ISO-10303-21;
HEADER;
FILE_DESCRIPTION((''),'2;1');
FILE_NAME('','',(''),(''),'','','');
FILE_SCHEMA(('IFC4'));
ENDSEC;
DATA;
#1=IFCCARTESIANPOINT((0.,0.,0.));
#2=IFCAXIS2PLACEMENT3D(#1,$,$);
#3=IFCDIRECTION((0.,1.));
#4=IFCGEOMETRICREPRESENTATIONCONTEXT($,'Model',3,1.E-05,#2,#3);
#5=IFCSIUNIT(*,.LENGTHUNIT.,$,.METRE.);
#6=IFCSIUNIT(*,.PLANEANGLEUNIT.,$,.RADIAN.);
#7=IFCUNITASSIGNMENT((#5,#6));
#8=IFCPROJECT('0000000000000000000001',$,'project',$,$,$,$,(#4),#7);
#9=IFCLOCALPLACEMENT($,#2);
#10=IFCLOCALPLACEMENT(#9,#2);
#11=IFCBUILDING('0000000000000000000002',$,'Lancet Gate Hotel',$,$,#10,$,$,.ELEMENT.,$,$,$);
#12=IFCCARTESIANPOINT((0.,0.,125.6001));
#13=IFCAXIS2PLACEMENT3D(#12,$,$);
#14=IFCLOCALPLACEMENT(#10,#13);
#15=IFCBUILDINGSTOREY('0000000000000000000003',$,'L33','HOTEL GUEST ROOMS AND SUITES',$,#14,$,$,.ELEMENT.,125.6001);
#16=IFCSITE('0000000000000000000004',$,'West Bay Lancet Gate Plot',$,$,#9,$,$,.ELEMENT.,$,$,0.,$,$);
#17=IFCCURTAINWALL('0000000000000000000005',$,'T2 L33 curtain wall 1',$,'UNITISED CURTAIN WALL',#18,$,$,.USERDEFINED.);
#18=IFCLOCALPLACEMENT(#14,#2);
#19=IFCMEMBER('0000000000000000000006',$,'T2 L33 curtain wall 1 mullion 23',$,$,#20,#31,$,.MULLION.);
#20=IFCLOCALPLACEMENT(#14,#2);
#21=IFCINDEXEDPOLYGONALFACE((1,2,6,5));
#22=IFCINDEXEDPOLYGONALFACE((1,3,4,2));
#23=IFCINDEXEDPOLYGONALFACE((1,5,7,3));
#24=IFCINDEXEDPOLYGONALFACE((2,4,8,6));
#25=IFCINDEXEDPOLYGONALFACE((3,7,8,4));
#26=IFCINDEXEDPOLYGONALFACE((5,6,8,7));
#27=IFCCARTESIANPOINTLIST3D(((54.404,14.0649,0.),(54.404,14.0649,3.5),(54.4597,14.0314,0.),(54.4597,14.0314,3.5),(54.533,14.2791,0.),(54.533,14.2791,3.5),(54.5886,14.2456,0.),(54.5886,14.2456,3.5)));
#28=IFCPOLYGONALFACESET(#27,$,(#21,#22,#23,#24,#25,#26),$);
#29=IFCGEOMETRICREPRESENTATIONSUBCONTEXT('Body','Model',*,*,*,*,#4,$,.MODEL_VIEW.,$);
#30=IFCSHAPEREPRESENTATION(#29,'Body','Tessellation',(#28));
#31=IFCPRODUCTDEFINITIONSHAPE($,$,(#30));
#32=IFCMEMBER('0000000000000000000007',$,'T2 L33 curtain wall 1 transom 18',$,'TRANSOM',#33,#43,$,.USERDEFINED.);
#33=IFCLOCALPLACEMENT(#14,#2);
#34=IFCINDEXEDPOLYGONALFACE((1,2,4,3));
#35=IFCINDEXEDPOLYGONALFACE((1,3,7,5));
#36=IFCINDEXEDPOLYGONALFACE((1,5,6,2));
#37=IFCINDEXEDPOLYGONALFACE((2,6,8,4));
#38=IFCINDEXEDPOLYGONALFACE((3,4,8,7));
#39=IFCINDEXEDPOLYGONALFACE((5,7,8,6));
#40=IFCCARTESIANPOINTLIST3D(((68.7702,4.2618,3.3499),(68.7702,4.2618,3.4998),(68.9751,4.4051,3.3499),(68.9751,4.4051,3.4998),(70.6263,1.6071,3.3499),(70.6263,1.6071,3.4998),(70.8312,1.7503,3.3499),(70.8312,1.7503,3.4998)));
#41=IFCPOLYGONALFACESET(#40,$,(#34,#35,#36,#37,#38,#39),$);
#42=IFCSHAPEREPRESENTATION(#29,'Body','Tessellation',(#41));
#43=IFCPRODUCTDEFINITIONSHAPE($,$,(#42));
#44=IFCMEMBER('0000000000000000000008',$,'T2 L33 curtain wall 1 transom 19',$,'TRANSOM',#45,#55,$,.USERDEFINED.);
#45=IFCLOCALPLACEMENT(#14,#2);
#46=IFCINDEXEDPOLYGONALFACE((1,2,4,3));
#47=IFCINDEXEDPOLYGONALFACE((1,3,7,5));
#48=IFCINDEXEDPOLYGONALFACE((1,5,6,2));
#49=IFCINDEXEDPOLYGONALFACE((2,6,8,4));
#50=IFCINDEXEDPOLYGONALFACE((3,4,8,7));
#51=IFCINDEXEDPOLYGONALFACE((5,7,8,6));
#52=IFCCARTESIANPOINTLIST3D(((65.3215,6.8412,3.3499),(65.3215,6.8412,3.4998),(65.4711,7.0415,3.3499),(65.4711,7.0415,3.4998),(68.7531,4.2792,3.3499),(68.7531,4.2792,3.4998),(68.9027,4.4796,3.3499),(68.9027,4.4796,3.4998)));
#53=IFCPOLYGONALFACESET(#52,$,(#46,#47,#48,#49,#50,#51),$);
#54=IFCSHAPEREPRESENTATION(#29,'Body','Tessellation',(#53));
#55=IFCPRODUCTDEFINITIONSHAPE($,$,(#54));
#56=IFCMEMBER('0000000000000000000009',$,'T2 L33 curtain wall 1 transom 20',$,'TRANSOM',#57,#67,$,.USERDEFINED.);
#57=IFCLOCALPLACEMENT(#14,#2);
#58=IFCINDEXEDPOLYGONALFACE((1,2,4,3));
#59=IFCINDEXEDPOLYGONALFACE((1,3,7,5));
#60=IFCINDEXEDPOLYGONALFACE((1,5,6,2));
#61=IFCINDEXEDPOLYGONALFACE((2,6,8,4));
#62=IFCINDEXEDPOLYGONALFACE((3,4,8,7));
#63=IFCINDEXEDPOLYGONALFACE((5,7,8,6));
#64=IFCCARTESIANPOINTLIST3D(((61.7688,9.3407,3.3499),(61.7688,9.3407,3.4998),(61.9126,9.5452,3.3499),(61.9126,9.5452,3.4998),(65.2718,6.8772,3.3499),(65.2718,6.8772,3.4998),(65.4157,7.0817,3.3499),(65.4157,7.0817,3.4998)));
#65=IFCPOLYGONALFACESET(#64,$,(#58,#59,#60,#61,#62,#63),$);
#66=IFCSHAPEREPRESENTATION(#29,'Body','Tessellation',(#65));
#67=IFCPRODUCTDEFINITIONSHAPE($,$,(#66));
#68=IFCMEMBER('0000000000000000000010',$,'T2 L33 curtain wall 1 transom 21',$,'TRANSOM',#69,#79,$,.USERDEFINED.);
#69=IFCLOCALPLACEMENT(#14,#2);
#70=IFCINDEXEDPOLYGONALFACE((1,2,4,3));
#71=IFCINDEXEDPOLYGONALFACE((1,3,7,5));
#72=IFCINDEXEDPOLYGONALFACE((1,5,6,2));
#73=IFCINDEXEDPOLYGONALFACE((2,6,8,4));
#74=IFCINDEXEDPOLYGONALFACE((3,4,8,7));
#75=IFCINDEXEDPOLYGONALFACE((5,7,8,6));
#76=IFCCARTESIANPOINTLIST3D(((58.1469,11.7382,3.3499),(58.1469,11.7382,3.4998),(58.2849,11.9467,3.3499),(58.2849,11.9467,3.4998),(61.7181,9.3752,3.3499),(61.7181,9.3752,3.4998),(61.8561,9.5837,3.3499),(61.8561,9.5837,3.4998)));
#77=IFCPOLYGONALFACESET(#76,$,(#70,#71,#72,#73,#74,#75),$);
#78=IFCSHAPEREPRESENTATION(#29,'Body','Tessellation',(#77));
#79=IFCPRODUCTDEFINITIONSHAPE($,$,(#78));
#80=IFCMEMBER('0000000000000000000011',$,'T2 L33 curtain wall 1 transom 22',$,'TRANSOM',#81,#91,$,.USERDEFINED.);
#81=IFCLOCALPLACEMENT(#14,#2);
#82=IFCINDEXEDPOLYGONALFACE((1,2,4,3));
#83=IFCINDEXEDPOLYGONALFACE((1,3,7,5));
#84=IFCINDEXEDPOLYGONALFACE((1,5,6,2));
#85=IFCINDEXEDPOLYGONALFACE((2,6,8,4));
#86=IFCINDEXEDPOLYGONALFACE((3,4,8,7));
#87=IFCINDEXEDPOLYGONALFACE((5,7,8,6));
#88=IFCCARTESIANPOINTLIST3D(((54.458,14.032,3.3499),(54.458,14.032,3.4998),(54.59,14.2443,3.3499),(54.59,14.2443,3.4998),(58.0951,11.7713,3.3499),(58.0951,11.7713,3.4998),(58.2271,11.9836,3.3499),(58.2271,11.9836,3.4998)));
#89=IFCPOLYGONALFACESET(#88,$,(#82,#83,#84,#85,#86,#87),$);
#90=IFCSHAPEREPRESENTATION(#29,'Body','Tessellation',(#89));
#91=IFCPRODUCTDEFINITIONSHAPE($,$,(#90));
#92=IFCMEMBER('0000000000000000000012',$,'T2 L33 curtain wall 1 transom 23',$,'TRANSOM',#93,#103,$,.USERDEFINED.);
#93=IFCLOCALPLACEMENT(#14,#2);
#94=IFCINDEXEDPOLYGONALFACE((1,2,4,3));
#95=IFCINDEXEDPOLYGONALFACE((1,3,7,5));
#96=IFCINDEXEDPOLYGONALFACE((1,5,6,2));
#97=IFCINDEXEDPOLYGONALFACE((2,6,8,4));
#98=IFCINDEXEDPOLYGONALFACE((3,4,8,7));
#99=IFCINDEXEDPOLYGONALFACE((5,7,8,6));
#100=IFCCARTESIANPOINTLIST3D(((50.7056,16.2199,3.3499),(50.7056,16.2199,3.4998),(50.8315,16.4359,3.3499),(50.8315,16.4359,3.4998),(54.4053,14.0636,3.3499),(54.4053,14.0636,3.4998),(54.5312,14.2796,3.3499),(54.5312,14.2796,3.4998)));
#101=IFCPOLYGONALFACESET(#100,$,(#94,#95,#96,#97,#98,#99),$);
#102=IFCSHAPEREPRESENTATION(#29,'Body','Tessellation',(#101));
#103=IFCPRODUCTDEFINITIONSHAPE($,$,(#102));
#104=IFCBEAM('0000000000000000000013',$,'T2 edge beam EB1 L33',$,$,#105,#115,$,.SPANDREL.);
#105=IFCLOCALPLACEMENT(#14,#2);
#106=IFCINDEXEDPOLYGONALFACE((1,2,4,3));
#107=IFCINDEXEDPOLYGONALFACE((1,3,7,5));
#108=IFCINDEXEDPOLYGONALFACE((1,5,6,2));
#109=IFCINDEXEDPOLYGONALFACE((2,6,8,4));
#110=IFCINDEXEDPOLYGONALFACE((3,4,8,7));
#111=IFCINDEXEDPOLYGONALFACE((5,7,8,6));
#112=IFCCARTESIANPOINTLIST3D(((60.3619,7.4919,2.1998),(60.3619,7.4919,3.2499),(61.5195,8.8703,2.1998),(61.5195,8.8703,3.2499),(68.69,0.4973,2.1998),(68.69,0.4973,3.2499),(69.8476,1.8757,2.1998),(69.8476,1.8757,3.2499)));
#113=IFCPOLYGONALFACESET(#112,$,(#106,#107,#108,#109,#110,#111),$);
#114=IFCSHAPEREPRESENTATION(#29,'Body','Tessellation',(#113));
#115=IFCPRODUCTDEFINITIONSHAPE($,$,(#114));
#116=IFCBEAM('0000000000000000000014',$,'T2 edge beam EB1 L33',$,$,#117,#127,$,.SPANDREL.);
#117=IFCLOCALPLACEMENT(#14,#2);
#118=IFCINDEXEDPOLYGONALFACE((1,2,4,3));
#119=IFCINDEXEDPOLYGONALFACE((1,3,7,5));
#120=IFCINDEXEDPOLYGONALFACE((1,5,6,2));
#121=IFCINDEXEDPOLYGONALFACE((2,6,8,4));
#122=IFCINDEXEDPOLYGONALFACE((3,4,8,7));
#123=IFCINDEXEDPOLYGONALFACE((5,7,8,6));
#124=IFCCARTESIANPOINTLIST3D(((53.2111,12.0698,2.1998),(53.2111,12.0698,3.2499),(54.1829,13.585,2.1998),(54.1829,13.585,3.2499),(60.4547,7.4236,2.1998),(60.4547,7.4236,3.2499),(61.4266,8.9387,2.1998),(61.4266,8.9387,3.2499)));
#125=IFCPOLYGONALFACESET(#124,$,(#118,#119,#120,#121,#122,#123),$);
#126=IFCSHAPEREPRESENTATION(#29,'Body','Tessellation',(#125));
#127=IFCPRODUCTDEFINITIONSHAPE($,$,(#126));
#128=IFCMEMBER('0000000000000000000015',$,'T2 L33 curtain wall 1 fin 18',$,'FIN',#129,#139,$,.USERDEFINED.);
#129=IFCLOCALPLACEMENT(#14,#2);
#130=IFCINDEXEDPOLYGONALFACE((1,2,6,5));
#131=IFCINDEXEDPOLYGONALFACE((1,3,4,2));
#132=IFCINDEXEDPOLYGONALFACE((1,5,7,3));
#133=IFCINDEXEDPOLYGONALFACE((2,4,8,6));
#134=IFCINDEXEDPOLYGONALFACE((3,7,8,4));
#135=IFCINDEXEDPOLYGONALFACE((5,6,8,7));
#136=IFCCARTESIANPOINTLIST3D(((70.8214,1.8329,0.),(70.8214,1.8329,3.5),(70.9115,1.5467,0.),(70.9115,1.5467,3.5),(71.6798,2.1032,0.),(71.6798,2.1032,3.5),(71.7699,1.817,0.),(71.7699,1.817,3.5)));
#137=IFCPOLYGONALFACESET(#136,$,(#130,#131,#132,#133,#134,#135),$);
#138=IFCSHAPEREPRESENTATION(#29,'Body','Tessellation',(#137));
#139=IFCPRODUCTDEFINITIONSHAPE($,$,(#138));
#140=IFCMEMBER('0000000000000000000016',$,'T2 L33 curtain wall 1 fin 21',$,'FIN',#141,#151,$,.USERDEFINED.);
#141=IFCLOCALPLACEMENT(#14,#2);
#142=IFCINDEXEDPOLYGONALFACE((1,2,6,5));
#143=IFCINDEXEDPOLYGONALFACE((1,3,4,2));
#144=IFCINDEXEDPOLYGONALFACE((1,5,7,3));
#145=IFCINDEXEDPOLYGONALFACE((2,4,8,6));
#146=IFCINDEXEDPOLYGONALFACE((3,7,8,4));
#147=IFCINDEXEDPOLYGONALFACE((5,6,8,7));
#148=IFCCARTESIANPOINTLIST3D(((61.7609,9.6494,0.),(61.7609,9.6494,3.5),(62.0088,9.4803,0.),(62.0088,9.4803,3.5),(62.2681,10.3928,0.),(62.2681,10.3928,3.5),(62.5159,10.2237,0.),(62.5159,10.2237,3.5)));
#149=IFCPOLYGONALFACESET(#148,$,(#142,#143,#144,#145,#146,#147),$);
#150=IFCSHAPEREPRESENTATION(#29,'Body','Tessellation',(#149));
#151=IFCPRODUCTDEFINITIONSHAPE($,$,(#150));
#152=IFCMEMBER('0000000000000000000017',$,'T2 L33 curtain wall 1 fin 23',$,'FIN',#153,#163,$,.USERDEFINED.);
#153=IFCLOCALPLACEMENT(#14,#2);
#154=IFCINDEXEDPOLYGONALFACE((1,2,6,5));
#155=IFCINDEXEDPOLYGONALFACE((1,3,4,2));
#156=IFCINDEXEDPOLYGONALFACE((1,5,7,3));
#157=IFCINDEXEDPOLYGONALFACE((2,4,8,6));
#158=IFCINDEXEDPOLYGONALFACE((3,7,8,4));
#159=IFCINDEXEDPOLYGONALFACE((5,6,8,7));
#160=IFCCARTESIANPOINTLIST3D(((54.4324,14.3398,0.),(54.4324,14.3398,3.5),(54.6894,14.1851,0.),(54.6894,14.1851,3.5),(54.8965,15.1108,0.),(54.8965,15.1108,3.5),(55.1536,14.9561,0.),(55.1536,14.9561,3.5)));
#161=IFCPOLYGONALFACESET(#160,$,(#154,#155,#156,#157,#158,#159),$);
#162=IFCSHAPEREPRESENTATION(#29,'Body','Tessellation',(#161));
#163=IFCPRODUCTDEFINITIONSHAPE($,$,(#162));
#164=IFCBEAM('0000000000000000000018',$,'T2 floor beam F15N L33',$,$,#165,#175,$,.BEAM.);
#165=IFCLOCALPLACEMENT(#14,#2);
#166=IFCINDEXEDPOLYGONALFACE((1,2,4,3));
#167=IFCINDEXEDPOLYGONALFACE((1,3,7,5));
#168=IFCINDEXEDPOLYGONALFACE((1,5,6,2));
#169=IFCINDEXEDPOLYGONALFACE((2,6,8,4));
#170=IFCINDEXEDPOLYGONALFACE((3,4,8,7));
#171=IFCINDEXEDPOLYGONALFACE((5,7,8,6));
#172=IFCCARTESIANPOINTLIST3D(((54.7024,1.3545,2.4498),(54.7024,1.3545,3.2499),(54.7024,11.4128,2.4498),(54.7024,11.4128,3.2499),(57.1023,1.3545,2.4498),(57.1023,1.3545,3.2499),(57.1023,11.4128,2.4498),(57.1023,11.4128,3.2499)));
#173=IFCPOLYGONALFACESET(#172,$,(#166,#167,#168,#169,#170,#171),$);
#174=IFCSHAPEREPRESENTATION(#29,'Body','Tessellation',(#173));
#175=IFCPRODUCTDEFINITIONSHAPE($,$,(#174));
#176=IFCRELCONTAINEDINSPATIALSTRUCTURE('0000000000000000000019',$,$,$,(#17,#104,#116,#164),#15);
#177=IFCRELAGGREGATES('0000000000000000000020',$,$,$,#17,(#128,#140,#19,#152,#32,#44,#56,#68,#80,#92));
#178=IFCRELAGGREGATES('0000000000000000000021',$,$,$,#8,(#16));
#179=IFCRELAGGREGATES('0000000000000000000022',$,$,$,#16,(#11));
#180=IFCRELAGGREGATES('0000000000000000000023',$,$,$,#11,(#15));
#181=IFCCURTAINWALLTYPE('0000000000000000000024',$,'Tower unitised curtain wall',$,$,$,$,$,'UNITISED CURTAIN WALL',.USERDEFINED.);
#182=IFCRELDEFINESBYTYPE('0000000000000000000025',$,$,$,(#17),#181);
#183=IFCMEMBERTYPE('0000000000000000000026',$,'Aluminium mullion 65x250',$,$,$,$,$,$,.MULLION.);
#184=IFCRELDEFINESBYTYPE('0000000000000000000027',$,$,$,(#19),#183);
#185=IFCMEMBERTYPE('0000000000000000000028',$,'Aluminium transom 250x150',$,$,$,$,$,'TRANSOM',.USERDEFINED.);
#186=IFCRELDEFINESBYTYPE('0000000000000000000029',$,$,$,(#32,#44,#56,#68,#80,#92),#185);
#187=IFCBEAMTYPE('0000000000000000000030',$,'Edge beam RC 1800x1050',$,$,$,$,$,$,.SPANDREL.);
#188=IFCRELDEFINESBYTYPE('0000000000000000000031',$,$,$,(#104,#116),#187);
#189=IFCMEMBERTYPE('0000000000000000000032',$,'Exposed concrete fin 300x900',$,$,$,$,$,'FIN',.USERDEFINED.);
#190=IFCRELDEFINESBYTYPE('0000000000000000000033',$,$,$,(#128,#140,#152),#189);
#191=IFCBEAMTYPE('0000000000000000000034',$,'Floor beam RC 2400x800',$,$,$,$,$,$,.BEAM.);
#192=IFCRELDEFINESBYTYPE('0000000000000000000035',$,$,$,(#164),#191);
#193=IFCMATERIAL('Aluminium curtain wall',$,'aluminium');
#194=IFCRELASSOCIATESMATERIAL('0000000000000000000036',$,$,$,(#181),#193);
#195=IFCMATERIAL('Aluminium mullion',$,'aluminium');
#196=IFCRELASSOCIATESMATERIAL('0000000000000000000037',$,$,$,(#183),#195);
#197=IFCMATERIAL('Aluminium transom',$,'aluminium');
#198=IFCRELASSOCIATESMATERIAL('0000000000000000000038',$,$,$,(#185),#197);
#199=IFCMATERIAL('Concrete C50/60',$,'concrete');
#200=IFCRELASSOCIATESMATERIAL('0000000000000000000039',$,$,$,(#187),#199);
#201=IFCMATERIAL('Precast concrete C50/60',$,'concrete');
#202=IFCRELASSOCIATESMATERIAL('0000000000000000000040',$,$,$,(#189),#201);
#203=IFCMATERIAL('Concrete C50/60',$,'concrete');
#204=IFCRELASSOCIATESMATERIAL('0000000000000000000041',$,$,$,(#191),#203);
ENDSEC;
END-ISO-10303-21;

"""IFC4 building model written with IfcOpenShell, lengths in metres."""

from ifc_helpers import new_model, si_unit, direction, frame, origin, origin_2d, place, context, subcontext, project, spatial, rectangle, extrude, material, material_profile, profile_set, type_object, element, aggregate, save


model = new_model("IFC4")

# Units and contexts
model_context = context("Model", 3, precision=1e-05, world=origin(), true_north=direction((0.0, 1.0)))
body_context = subcontext(model_context, "Body", "Model", "MODEL_VIEW")
ifc_project = project(units=[si_unit("LENGTHUNIT", "METRE"), si_unit("PLANEANGLEUNIT", "RADIAN")], contexts=[model_context])

# Site, building, storey
site_placement = place(None, origin())
site = spatial("IfcSite", under=ifc_project, at=site_placement, Name="West Bay Lancet Gate Plot", CompositionType="ELEMENT", RefElevation=0.0)
building_placement = place(site_placement, origin())
building = spatial("IfcBuilding", under=site, at=building_placement, Name="Lancet Gate Hotel", CompositionType="ELEMENT")
storey_placement = place(building_placement, frame((0.0, 0.0, 125.6001)))
storey = spatial("IfcBuildingStorey", under=building, at=storey_placement, Name="L33", Description="HOTEL GUEST ROOMS AND SUITES", CompositionType="ELEMENT", Elevation=125.6001)

# Curtain wall, members
ifc_material_1 = material(Name="Aluminium curtain wall", Category="aluminium")
curtain_wall_type = type_object("IfcCurtainWallType", Name="Tower unitised curtain wall", ElementType="UNITISED CURTAIN WALL", PredefinedType="USERDEFINED", material=ifc_material_1)
curtain_wall_placement = place(storey_placement, origin())
curtain_wall = element("IfcCurtainWall", 1, at=curtain_wall_placement, inside=storey, type_object=curtain_wall_type, Name="T2 L33 curtain wall 1", ObjectType="UNITISED CURTAIN WALL", PredefinedType="USERDEFINED")
ifc_material_2 = material(Name="Aluminium mullion", Category="aluminium")
ifc_material_profile_1 = material_profile(ifc_material_2, rectangle(XDim=0.0649, YDim=0.25, at=origin_2d()), Name="MULLION 65x250")
ifc_profile_set_1 = profile_set([ifc_material_profile_1], Name="Aluminium mullion")
member_type_1 = type_object("IfcMemberType", Name="Aluminium mullion 65x250", PredefinedType="MULLION", material=ifc_profile_set_1)
member_1_placement = place(storey_placement, frame((54.4963, 14.1553, 0.0), z_axis=(0.0, 0.0, 1.0), x_axis=(-0.856728, 0.515768, 0.0)))
member_1 = element("IfcMember", 2, at=member_1_placement, type_object=member_type_1, Name="T2 L33 curtain wall 1 mullion 23", PredefinedType="MULLION", context=body_context, shape_type="SweptSolid", body=[
    extrude(rectangle(XDim=0.0649, YDim=0.25, at=origin_2d()), origin(), (0.0, 0.0, 1.0), 3.5),
])
ifc_material_3 = material(Name="Aluminium transom", Category="aluminium")
ifc_material_profile_2 = material_profile(ifc_material_3, rectangle(XDim=0.25, YDim=0.1499, at=origin_2d()), Name="TRANSOM 250x150")
ifc_profile_set_2 = profile_set([ifc_material_profile_2], Name="Aluminium transom")
member_type_2 = type_object("IfcMemberType", Name="Aluminium transom 250x150", ElementType="TRANSOM", PredefinedType="USERDEFINED", material=ifc_profile_set_2)
member_2_placement = place(storey_placement, frame((70.7288, 1.6787, 3.4248), z_axis=(-0.573017, 0.819543, 0.0), x_axis=(-0.819543, -0.573017, 0.0)))
member_2 = element("IfcMember", 3, at=member_2_placement, type_object=member_type_2, Name="T2 L33 curtain wall 1 transom 18", ObjectType="TRANSOM", PredefinedType="USERDEFINED", context=body_context, shape_type="SweptSolid", body=[
    extrude(rectangle(XDim=0.25, YDim=0.1499, at=origin_2d()), origin(), (0.0, 0.0, 1.0), 3.2393),
])
member_3_placement = place(storey_placement, frame((68.8279, 4.3794, 3.4248), z_axis=(-0.801312, 0.598247, 0.0), x_axis=(-0.598247, -0.801312, 0.0)))
member_3 = element("IfcMember", 4, at=member_3_placement, type_object=member_type_2, Name="T2 L33 curtain wall 1 transom 19", ObjectType="TRANSOM", PredefinedType="USERDEFINED", context=body_context, shape_type="SweptSolid", body=[
    extrude(rectangle(XDim=0.25, YDim=0.1499, at=origin_2d()), origin(), (0.0, 0.0, 1.0), 4.2825),
])
member_4_placement = place(storey_placement, frame((65.3438, 6.9795, 3.4248), z_axis=(-0.817987, 0.575236, 0.0), x_axis=(-0.575236, -0.817987, 0.0)))
member_4 = element("IfcMember", 5, at=member_4_placement, type_object=member_type_2, Name="T2 L33 curtain wall 1 transom 20", ObjectType="TRANSOM", PredefinedType="USERDEFINED", context=body_context, shape_type="SweptSolid", body=[
    extrude(rectangle(XDim=0.25, YDim=0.1499, at=origin_2d()), origin(), (0.0, 0.0, 1.0), 4.2825),
])
member_5_placement = place(storey_placement, frame((61.7871, 9.4795, 3.4248), z_axis=(-0.833966, 0.551816, 0.0), x_axis=(-0.551816, -0.833966, 0.0)))
member_5 = element("IfcMember", 6, at=member_5_placement, type_object=member_type_2, Name="T2 L33 curtain wall 1 transom 21", ObjectType="TRANSOM", PredefinedType="USERDEFINED", context=body_context, shape_type="SweptSolid", body=[
    extrude(rectangle(XDim=0.25, YDim=0.1499, at=origin_2d()), origin(), (0.0, 0.0, 1.0), 4.2822),
])
member_6_placement = place(storey_placement, frame((58.1611, 11.8774, 3.4248), z_axis=(-0.849309, 0.527896, 0.0), x_axis=(-0.527896, -0.849309, 0.0)))
member_6 = element("IfcMember", 7, at=member_6_placement, type_object=member_type_2, Name="T2 L33 curtain wall 1 transom 22", ObjectType="TRANSOM", PredefinedType="USERDEFINED", context=body_context, shape_type="SweptSolid", body=[
    extrude(rectangle(XDim=0.25, YDim=0.1499, at=origin_2d()), origin(), (0.0, 0.0, 1.0), 4.2825),
])
member_7_placement = place(storey_placement, frame((54.4683, 14.1716, 3.4248), z_axis=(-0.863973, 0.503538, 0.0), x_axis=(-0.503538, -0.863973, 0.0)))
member_7 = element("IfcMember", 8, at=member_7_placement, type_object=member_type_2, Name="T2 L33 curtain wall 1 transom 23", ObjectType="TRANSOM", PredefinedType="USERDEFINED", context=body_context, shape_type="SweptSolid", body=[
    extrude(rectangle(XDim=0.25, YDim=0.1499, at=origin_2d()), origin(), (0.0, 0.0, 1.0), 4.2822),
])

# Beams
ifc_material_4 = material(Name="Concrete C50/60", Category="concrete")
ifc_material_profile_3 = material_profile(ifc_material_4, rectangle(XDim=1.8, YDim=1.05, at=origin_2d()), Name="RC 1800x1050")
ifc_profile_set_3 = profile_set([ifc_material_profile_3], Name="Concrete C50/60")
beam_type_1 = type_object("IfcBeamType", Name="Edge beam RC 1800x1050", PredefinedType="SPANDREL", material=ifc_profile_set_3)
beam_1_placement = place(storey_placement, frame((69.2688, 1.1865, 2.7249), z_axis=(-0.76575, 0.643138, 0.0), x_axis=(-0.643138, -0.76575, 0.0)))
element("IfcBeam", 9, at=beam_1_placement, inside=storey, type_object=beam_type_1, Name="T2 edge beam EB1 L33", PredefinedType="SPANDREL", context=body_context, shape_type="SweptSolid", body=[
    extrude(rectangle(XDim=1.8, YDim=1.05, at=origin_2d()), origin(), (0.0, 0.0, 1.0), 10.8757),
])
beam_2_placement = place(storey_placement, frame((60.9407, 8.1812, 2.7249), z_axis=(-0.841727, 0.539903, 0.0), x_axis=(-0.539903, -0.841727, 0.0)))
element("IfcBeam", 10, at=beam_2_placement, inside=storey, type_object=beam_type_1, Name="T2 edge beam EB1 L33", PredefinedType="SPANDREL", context=body_context, shape_type="SweptSolid", body=[
    extrude(rectangle(XDim=1.8, YDim=1.05, at=origin_2d()), origin(), (0.0, 0.0, 1.0), 8.6057),
])

# Members
ifc_material_5 = material(Name="Precast concrete C50/60", Category="concrete")
ifc_material_profile_4 = material_profile(ifc_material_5, rectangle(XDim=0.3, YDim=0.8999, at=origin_2d()), Name="FIN 300x900")
ifc_profile_set_4 = profile_set([ifc_material_profile_4], Name="Precast concrete C50/60")
member_type_3 = type_object("IfcMemberType", Name="Exposed concrete fin 300x900", ElementType="FIN", PredefinedType="USERDEFINED", material=ifc_profile_set_4)
member_8_placement = place(storey_placement, frame((71.2957, 1.825, 0.0), z_axis=(0.0, 0.0, 1.0), x_axis=(-0.300385, 0.953818, 0.0)))
member_8 = element("IfcMember", 11, at=member_8_placement, type_object=member_type_3, Name="T2 L33 curtain wall 1 fin 18", ObjectType="FIN", PredefinedType="USERDEFINED", context=body_context, shape_type="SweptSolid", body=[
    extrude(rectangle(XDim=0.3, YDim=0.8999, at=origin_2d()), origin(), (0.0, 0.0, 1.0), 3.5),
])
member_9_placement = place(storey_placement, frame((62.1384, 9.9365, 0.0), z_axis=(0.0, 0.0, 1.0), x_axis=(-0.826066, 0.563574, 0.0)))
member_9 = element("IfcMember", 12, at=member_9_placement, type_object=member_type_3, Name="T2 L33 curtain wall 1 fin 21", ObjectType="FIN", PredefinedType="USERDEFINED", context=body_context, shape_type="SweptSolid", body=[
    extrude(rectangle(XDim=0.3, YDim=0.8999, at=origin_2d()), origin(), (0.0, 0.0, 1.0), 3.5),
])
member_10_placement = place(storey_placement, frame((54.793, 14.6479, 0.0), z_axis=(0.0, 0.0, 1.0), x_axis=(-0.856728, 0.515768, 0.0)))
member_10 = element("IfcMember", 13, at=member_10_placement, type_object=member_type_3, Name="T2 L33 curtain wall 1 fin 23", ObjectType="FIN", PredefinedType="USERDEFINED", context=body_context, shape_type="SweptSolid", body=[
    extrude(rectangle(XDim=0.3, YDim=0.8999, at=origin_2d()), origin(), (0.0, 0.0, 1.0), 3.5),
])

# Beam
ifc_material_6 = material(Name="Concrete C50/60", Category="concrete")
ifc_material_profile_5 = material_profile(ifc_material_6, rectangle(XDim=2.3999, YDim=0.8, at=origin_2d()), Name="RC 2400x800")
ifc_profile_set_5 = profile_set([ifc_material_profile_5], Name="Concrete C50/60")
beam_type_2 = type_object("IfcBeamType", Name="Floor beam RC 2400x800", PredefinedType="BEAM", material=ifc_profile_set_5)
beam_3_placement = place(storey_placement, frame((55.9023, 1.3545, 2.8499), z_axis=(0.0, 1.0, 0.0), x_axis=(-1.0, 0.0, 0.0)))
element("IfcBeam", 14, at=beam_3_placement, inside=storey, type_object=beam_type_2, Name="T2 floor beam F15N L33", PredefinedType="BEAM", context=body_context, shape_type="SweptSolid", body=[
    extrude(rectangle(XDim=2.3999, YDim=0.8, at=origin_2d()), origin(), (0.0, 0.0, 1.0), 10.0583),
])

aggregate(curtain_wall, [member_8, member_9, member_1, member_10, member_2, member_3, member_4, member_5, member_6, member_7])

save(model, "model.ifc")
